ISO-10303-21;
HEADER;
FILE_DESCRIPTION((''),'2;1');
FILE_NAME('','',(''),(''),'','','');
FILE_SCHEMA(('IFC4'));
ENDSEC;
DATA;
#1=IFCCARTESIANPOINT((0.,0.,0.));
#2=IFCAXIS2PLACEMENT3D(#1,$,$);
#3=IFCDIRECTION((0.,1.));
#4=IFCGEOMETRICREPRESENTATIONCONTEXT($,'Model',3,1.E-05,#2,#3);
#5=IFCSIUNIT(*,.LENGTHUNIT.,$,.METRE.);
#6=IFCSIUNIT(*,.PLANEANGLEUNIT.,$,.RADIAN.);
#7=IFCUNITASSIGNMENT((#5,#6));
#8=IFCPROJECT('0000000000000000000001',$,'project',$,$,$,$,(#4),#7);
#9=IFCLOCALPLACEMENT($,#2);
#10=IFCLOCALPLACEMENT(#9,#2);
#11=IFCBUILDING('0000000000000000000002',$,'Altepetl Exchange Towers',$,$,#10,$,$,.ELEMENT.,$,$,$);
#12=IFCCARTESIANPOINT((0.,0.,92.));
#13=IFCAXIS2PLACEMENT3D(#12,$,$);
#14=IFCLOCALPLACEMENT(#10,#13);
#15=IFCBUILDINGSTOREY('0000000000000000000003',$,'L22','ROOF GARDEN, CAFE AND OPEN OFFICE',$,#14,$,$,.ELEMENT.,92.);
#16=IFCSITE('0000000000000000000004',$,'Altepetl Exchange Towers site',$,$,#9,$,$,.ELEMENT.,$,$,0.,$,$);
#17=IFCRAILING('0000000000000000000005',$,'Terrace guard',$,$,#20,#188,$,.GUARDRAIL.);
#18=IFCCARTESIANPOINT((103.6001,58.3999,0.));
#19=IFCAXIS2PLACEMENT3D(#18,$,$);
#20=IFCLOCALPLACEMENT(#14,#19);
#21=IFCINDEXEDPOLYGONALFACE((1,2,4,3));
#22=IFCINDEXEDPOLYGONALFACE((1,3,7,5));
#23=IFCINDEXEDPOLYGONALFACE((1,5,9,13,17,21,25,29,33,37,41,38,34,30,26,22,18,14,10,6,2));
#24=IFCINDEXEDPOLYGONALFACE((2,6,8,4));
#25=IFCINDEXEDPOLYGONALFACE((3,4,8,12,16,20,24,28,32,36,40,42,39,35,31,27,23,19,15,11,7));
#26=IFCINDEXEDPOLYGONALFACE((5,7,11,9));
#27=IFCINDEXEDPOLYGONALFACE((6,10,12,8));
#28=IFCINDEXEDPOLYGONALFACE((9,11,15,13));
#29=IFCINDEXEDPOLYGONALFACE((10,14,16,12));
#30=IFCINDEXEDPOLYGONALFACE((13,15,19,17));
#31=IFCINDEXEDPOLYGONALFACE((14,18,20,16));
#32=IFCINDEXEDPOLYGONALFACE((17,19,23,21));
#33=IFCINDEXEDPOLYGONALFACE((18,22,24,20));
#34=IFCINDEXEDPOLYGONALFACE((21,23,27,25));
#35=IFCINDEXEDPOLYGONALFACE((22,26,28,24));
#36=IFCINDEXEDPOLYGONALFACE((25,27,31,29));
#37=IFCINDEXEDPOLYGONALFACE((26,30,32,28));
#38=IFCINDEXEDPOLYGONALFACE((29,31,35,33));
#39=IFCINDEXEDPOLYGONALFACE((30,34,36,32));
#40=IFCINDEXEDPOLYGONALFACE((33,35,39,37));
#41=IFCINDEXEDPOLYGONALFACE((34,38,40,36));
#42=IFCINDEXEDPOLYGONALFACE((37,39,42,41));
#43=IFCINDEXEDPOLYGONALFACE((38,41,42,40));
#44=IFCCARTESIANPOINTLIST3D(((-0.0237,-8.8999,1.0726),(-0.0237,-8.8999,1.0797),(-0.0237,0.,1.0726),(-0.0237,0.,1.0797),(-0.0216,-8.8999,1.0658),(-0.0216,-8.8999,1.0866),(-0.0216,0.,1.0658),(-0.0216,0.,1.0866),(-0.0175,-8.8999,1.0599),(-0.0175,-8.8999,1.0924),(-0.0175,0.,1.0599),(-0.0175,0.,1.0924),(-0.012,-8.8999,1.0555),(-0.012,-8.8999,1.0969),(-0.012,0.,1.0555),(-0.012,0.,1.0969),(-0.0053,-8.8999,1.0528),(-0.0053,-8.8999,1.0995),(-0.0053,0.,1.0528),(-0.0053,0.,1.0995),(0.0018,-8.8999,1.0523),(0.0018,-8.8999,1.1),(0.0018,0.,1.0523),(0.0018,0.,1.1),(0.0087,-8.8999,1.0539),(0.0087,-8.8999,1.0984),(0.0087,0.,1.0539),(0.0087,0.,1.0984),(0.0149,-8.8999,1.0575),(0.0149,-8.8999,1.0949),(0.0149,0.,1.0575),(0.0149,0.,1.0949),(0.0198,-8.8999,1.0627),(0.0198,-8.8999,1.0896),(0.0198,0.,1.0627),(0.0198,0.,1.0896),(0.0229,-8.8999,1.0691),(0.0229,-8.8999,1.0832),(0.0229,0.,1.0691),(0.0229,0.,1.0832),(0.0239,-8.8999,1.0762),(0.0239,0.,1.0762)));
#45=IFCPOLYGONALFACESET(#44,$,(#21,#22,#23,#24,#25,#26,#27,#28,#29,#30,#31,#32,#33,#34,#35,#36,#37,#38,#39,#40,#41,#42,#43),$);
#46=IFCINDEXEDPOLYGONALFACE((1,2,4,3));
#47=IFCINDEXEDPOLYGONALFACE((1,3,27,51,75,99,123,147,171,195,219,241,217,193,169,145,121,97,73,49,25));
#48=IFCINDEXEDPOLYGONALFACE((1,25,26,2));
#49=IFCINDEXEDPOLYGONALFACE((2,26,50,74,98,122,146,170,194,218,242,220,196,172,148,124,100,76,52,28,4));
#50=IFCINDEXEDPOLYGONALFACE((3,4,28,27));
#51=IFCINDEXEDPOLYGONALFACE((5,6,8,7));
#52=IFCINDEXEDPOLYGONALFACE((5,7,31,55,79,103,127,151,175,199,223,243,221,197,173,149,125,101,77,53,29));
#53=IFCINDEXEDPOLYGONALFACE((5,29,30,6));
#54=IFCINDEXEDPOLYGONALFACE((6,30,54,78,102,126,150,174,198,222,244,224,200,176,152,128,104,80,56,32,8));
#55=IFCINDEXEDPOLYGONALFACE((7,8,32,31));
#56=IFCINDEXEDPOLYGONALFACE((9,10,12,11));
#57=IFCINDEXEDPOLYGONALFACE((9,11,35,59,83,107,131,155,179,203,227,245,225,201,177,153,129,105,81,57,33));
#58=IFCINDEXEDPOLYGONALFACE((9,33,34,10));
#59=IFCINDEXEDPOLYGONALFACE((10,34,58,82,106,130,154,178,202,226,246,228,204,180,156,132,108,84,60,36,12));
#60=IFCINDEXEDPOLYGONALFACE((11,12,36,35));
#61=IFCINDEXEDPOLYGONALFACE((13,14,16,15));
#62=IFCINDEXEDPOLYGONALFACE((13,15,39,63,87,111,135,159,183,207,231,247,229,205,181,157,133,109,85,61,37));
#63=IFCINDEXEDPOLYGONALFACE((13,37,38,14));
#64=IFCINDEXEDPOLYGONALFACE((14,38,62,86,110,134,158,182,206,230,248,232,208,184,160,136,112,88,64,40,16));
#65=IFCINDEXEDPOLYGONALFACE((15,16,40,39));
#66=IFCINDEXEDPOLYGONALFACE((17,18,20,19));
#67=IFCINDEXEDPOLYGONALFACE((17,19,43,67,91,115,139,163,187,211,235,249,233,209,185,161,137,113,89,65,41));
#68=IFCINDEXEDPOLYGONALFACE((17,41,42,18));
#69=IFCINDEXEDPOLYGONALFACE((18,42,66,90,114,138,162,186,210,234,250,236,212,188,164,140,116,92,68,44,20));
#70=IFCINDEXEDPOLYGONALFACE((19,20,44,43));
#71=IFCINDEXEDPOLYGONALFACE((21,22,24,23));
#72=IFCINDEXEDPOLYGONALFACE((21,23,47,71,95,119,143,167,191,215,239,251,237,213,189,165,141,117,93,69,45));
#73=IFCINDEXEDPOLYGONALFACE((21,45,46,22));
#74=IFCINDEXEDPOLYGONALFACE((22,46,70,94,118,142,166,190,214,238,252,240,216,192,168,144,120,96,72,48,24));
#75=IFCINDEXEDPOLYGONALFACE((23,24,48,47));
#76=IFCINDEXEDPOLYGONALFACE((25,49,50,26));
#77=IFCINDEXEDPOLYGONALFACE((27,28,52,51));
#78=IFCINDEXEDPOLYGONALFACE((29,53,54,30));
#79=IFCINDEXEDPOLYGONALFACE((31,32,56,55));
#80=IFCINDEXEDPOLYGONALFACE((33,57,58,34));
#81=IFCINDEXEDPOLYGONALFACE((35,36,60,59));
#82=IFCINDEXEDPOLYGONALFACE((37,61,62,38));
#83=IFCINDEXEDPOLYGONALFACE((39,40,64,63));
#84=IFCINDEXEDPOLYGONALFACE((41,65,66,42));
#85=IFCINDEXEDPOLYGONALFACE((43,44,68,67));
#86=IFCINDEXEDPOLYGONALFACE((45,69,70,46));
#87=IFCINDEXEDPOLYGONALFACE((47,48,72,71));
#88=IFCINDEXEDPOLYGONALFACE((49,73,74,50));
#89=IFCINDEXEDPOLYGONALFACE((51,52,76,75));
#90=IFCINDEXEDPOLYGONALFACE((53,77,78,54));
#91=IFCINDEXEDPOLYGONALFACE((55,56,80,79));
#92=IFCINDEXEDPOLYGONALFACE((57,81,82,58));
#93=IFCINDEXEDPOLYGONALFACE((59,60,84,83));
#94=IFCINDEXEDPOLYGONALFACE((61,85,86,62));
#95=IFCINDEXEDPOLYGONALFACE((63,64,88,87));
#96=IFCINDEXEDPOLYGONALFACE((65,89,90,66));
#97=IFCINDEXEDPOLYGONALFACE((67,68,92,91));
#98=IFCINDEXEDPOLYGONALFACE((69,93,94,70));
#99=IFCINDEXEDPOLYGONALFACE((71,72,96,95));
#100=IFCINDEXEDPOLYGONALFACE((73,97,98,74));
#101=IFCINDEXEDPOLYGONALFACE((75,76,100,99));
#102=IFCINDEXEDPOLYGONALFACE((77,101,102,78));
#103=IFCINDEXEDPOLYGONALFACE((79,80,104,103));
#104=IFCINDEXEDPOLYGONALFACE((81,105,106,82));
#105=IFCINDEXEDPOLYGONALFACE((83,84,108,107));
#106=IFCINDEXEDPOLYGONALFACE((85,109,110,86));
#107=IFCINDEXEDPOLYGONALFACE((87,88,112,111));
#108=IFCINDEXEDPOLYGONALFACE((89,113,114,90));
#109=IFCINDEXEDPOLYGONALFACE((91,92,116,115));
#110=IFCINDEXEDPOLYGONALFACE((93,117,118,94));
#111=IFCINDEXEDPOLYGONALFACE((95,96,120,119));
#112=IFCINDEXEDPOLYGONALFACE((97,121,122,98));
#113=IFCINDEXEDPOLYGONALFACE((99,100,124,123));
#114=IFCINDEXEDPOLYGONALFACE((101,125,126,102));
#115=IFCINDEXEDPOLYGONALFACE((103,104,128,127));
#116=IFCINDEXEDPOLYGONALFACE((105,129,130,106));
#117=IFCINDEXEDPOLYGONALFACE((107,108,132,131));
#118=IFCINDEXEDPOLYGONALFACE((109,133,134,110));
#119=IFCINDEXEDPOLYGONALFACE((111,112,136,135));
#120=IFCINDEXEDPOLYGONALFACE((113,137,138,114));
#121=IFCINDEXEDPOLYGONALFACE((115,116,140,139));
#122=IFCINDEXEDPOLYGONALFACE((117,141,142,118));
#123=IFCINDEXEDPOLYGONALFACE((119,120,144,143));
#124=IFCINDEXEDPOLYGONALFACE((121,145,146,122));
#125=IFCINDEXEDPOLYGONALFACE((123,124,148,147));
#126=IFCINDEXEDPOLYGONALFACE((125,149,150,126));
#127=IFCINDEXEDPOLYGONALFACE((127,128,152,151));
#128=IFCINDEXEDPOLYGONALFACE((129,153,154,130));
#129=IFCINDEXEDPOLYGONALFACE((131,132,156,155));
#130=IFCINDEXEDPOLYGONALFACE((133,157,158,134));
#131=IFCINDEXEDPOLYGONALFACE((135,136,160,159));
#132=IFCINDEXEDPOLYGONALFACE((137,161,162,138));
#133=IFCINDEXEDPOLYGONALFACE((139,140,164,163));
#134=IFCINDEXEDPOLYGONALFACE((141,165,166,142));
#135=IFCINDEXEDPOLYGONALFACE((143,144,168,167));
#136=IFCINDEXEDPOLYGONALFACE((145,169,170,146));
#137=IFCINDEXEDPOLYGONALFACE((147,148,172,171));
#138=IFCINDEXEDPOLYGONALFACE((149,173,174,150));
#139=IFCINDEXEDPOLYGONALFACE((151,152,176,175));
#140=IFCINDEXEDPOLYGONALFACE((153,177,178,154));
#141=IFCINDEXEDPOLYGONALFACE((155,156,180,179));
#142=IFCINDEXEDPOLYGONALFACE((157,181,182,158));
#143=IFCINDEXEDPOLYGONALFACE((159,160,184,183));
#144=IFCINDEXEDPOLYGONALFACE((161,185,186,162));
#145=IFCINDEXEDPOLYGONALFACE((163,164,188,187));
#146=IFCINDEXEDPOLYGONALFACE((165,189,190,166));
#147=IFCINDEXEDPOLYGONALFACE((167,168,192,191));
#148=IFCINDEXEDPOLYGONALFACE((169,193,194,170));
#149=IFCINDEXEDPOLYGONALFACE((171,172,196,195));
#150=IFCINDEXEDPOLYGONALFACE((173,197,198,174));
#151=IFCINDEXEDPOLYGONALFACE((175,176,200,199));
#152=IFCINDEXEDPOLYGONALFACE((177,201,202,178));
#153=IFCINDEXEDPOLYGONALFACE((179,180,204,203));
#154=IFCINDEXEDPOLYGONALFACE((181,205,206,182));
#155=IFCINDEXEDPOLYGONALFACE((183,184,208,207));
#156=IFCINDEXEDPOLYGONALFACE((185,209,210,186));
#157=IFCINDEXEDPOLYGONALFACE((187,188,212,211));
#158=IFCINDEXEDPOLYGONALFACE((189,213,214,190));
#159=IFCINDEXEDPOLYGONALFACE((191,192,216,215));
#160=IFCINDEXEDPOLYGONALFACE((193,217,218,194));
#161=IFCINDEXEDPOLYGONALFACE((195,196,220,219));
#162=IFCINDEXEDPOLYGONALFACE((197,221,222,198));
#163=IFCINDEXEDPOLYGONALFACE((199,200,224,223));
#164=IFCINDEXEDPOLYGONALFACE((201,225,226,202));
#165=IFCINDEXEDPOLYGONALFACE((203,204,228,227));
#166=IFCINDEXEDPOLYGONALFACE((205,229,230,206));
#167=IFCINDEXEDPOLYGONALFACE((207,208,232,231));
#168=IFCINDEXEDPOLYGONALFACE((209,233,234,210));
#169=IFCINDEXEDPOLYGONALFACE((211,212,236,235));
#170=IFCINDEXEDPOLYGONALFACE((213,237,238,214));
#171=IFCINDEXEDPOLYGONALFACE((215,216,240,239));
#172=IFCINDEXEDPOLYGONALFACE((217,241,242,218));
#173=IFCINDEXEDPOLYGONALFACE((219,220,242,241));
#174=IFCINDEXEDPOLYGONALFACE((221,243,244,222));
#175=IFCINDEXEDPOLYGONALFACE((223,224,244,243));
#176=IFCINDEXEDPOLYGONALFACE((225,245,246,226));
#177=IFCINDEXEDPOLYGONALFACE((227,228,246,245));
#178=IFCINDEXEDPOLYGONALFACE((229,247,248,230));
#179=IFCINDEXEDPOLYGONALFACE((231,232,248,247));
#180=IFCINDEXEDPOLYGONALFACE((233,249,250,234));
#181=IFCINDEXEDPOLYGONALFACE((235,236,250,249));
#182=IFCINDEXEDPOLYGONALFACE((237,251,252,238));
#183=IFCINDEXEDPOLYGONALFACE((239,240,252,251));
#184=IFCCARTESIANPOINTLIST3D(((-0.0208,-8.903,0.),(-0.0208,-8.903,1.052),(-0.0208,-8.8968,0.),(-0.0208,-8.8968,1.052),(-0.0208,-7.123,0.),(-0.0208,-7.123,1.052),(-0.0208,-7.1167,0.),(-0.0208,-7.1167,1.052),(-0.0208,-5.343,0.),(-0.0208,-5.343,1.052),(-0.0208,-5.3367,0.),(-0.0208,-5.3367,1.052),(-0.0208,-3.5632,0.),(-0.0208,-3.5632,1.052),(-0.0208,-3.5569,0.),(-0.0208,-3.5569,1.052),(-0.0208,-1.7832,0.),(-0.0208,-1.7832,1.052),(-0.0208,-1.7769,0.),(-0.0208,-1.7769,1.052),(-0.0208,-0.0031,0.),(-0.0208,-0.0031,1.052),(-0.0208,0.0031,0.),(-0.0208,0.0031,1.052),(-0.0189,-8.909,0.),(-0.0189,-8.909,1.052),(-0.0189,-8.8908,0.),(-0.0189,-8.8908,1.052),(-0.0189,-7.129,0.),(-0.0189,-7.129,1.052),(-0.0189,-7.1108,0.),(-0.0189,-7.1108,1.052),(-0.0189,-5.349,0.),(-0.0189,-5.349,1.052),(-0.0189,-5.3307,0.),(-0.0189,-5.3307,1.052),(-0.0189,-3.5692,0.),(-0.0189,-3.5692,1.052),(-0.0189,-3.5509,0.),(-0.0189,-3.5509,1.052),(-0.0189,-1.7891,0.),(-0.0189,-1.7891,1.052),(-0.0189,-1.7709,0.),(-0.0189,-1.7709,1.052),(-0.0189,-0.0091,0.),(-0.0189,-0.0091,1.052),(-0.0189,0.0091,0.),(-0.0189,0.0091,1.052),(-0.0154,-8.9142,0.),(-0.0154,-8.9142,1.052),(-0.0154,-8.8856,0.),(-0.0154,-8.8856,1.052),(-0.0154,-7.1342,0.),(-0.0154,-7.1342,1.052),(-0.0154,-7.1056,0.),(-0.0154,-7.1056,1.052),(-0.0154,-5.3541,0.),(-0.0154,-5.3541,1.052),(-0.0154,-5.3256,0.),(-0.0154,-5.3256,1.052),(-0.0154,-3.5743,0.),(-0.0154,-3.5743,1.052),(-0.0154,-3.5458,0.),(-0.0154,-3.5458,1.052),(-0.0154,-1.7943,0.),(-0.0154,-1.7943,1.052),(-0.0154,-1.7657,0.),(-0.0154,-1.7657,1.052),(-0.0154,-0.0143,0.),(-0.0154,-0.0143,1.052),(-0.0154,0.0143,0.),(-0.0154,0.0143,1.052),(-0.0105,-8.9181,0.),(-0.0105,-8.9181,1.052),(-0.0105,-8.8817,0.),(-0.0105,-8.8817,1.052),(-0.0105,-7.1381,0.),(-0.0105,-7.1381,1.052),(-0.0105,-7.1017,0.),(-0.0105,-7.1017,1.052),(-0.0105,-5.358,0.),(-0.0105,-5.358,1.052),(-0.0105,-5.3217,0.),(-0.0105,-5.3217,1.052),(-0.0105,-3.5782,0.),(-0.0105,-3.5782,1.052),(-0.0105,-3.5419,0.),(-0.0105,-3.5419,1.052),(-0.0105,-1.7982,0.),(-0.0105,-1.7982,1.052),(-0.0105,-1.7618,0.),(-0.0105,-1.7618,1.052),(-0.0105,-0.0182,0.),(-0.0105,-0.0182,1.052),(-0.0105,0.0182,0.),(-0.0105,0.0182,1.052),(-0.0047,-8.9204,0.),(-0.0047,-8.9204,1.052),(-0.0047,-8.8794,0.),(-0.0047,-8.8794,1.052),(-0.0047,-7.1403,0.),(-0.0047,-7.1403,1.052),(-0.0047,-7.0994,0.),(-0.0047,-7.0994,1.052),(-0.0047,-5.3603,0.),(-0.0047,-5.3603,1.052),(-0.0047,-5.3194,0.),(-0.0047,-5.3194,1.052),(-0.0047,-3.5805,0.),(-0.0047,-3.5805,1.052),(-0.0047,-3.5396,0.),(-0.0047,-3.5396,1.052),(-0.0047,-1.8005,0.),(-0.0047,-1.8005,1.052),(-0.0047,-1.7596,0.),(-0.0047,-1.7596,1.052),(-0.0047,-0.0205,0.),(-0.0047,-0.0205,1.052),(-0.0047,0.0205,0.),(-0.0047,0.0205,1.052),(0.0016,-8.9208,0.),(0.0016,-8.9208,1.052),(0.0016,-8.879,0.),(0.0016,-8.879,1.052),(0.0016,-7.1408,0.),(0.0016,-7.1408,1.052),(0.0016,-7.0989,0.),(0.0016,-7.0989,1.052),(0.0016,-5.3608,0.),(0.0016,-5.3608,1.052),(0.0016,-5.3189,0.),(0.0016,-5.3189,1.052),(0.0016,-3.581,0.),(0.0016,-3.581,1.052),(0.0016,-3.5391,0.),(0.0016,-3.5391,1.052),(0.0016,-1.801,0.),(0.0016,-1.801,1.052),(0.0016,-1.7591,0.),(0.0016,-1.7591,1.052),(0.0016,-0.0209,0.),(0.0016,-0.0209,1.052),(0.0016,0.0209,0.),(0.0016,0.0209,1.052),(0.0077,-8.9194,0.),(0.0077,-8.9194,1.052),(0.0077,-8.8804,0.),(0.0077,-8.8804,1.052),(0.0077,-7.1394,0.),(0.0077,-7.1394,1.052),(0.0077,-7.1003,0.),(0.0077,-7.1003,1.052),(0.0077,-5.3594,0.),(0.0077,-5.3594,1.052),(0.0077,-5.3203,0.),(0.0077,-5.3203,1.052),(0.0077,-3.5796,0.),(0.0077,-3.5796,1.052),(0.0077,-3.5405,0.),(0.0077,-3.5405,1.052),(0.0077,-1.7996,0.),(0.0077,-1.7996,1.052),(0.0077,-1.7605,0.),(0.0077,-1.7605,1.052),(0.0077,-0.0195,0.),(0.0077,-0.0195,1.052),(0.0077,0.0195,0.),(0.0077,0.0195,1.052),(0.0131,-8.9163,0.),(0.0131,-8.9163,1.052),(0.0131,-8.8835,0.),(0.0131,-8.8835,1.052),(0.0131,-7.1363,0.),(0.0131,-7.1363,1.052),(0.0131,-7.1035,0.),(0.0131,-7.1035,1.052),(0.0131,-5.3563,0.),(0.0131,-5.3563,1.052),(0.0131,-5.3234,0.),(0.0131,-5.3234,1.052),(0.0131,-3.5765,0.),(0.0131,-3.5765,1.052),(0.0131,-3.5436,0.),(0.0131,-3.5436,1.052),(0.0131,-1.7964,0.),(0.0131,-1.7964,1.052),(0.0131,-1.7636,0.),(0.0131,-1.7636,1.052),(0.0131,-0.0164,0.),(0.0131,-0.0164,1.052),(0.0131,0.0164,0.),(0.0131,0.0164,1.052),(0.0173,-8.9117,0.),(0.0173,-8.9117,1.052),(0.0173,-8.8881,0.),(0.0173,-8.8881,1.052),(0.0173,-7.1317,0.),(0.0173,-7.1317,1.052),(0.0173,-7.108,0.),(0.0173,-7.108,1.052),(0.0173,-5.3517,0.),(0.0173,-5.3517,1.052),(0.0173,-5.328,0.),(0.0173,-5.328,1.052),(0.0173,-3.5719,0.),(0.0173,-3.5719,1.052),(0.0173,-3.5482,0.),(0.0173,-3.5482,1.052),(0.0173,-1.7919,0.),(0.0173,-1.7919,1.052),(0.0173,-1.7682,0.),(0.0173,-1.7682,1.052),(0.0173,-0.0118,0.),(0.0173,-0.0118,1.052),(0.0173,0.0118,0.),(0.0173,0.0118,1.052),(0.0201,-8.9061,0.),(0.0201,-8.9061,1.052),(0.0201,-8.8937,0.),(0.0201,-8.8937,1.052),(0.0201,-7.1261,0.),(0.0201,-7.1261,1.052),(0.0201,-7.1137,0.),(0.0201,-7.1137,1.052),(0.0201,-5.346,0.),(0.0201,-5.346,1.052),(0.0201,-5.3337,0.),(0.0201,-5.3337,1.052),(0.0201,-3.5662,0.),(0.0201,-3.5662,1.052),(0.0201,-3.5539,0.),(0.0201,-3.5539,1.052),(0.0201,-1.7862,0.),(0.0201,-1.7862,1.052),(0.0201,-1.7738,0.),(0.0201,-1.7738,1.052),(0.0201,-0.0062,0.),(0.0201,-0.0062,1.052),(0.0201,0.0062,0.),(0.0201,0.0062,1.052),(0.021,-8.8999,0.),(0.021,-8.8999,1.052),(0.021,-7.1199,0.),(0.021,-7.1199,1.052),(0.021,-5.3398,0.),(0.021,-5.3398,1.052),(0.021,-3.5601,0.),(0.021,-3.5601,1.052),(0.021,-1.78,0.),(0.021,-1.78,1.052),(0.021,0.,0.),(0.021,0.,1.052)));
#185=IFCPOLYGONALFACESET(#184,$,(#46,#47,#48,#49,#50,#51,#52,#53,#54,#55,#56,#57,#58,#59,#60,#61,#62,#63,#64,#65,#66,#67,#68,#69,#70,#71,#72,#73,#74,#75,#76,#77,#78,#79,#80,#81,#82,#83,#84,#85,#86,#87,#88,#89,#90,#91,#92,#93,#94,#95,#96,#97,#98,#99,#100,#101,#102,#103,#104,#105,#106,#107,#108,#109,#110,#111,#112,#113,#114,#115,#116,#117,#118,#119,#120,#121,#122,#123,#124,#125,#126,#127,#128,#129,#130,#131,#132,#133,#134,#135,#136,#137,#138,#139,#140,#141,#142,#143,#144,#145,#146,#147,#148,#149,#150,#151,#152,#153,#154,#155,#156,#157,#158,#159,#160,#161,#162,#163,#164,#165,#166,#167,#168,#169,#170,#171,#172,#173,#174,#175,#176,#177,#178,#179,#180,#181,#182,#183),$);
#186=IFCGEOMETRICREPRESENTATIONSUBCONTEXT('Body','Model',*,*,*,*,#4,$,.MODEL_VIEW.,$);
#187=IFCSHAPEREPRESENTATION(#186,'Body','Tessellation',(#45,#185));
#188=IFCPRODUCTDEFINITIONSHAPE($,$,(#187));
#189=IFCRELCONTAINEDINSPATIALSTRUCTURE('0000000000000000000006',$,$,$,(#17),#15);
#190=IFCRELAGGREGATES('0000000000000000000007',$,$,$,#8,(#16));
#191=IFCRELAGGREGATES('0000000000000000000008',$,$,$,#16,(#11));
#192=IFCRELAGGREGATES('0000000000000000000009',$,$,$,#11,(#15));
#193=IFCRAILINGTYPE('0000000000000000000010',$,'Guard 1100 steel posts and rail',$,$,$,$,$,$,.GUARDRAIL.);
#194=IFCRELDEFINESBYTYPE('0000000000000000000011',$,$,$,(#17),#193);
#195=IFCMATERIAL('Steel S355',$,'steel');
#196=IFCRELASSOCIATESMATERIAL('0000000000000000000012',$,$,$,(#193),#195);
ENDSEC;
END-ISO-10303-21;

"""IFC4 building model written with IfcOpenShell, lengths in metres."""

from ifc_helpers import new_model, si_unit, direction, frame, origin, origin_2d, place, context, subcontext, project, spatial, circle, extrude, source, transform, mapped, material, type_object, element, save


model = new_model("IFC4")

# Units and contexts
model_context = context("Model", 3, precision=1e-05, world=origin(), true_north=direction((0.0, 1.0)))
body_context = subcontext(model_context, "Body", "Model", "MODEL_VIEW")
ifc_project = project(units=[si_unit("LENGTHUNIT", "METRE"), si_unit("PLANEANGLEUNIT", "RADIAN")], contexts=[model_context])

# Site, building, storey
site_placement = place(None, origin())
site = spatial("IfcSite", under=ifc_project, at=site_placement, Name="Altepetl Exchange Towers site", CompositionType="ELEMENT", RefElevation=0.0)
building_placement = place(site_placement, origin())
building = spatial("IfcBuilding", under=site, at=building_placement, Name="Altepetl Exchange Towers", CompositionType="ELEMENT")
storey_placement = place(building_placement, frame((0.0, 0.0, 92.0)))
storey = spatial("IfcBuildingStorey", under=building, at=storey_placement, Name="L22", Description="ROOF GARDEN, CAFE AND OPEN OFFICE", CompositionType="ELEMENT", Elevation=92.0)

# Shared definitions
ifc_material_1 = material(Name="Steel S355", Category="steel")

# Railing
railing_type = type_object("IfcRailingType", Name="Guard 1100 steel posts and rail", PredefinedType="GUARDRAIL", material=ifc_material_1)
shared_shape = source(origin(), body_context, "Body", "SweptSolid", [
    extrude(circle(Radius=0.021, at=origin_2d()), origin(), (0.0, 0.0, 1.0), 1.052),
])
railing_1_placement = place(storey_placement, frame((103.6001, 58.3999, 0.0)))
element("IfcRailing", 1, at=railing_1_placement, inside=storey, type_object=railing_type, Name="Terrace guard", PredefinedType="GUARDRAIL", context=body_context, shape_type="SweptSolid", body=[
    extrude(circle(Radius=0.0239, at=origin_2d()), frame((0.0, 0.0, 1.0762), z_axis=(0.0, -1.0, 0.0), x_axis=(1.0, 0.0, 0.0)), (0.0, 0.0, 1.0), 8.8999),
    mapped(shared_shape, transform((0.0, 0.0, 0.0))),
    mapped(shared_shape, transform((0.0, -1.78, 0.0))),
    mapped(shared_shape, transform((0.0, -3.5601, 0.0))),
    mapped(shared_shape, transform((0.0, -5.3398, 0.0))),
    mapped(shared_shape, transform((0.0, -7.1199, 0.0))),
    mapped(shared_shape, transform((0.0, -8.8999, 0.0))),
])

save(model, "model.ifc")
